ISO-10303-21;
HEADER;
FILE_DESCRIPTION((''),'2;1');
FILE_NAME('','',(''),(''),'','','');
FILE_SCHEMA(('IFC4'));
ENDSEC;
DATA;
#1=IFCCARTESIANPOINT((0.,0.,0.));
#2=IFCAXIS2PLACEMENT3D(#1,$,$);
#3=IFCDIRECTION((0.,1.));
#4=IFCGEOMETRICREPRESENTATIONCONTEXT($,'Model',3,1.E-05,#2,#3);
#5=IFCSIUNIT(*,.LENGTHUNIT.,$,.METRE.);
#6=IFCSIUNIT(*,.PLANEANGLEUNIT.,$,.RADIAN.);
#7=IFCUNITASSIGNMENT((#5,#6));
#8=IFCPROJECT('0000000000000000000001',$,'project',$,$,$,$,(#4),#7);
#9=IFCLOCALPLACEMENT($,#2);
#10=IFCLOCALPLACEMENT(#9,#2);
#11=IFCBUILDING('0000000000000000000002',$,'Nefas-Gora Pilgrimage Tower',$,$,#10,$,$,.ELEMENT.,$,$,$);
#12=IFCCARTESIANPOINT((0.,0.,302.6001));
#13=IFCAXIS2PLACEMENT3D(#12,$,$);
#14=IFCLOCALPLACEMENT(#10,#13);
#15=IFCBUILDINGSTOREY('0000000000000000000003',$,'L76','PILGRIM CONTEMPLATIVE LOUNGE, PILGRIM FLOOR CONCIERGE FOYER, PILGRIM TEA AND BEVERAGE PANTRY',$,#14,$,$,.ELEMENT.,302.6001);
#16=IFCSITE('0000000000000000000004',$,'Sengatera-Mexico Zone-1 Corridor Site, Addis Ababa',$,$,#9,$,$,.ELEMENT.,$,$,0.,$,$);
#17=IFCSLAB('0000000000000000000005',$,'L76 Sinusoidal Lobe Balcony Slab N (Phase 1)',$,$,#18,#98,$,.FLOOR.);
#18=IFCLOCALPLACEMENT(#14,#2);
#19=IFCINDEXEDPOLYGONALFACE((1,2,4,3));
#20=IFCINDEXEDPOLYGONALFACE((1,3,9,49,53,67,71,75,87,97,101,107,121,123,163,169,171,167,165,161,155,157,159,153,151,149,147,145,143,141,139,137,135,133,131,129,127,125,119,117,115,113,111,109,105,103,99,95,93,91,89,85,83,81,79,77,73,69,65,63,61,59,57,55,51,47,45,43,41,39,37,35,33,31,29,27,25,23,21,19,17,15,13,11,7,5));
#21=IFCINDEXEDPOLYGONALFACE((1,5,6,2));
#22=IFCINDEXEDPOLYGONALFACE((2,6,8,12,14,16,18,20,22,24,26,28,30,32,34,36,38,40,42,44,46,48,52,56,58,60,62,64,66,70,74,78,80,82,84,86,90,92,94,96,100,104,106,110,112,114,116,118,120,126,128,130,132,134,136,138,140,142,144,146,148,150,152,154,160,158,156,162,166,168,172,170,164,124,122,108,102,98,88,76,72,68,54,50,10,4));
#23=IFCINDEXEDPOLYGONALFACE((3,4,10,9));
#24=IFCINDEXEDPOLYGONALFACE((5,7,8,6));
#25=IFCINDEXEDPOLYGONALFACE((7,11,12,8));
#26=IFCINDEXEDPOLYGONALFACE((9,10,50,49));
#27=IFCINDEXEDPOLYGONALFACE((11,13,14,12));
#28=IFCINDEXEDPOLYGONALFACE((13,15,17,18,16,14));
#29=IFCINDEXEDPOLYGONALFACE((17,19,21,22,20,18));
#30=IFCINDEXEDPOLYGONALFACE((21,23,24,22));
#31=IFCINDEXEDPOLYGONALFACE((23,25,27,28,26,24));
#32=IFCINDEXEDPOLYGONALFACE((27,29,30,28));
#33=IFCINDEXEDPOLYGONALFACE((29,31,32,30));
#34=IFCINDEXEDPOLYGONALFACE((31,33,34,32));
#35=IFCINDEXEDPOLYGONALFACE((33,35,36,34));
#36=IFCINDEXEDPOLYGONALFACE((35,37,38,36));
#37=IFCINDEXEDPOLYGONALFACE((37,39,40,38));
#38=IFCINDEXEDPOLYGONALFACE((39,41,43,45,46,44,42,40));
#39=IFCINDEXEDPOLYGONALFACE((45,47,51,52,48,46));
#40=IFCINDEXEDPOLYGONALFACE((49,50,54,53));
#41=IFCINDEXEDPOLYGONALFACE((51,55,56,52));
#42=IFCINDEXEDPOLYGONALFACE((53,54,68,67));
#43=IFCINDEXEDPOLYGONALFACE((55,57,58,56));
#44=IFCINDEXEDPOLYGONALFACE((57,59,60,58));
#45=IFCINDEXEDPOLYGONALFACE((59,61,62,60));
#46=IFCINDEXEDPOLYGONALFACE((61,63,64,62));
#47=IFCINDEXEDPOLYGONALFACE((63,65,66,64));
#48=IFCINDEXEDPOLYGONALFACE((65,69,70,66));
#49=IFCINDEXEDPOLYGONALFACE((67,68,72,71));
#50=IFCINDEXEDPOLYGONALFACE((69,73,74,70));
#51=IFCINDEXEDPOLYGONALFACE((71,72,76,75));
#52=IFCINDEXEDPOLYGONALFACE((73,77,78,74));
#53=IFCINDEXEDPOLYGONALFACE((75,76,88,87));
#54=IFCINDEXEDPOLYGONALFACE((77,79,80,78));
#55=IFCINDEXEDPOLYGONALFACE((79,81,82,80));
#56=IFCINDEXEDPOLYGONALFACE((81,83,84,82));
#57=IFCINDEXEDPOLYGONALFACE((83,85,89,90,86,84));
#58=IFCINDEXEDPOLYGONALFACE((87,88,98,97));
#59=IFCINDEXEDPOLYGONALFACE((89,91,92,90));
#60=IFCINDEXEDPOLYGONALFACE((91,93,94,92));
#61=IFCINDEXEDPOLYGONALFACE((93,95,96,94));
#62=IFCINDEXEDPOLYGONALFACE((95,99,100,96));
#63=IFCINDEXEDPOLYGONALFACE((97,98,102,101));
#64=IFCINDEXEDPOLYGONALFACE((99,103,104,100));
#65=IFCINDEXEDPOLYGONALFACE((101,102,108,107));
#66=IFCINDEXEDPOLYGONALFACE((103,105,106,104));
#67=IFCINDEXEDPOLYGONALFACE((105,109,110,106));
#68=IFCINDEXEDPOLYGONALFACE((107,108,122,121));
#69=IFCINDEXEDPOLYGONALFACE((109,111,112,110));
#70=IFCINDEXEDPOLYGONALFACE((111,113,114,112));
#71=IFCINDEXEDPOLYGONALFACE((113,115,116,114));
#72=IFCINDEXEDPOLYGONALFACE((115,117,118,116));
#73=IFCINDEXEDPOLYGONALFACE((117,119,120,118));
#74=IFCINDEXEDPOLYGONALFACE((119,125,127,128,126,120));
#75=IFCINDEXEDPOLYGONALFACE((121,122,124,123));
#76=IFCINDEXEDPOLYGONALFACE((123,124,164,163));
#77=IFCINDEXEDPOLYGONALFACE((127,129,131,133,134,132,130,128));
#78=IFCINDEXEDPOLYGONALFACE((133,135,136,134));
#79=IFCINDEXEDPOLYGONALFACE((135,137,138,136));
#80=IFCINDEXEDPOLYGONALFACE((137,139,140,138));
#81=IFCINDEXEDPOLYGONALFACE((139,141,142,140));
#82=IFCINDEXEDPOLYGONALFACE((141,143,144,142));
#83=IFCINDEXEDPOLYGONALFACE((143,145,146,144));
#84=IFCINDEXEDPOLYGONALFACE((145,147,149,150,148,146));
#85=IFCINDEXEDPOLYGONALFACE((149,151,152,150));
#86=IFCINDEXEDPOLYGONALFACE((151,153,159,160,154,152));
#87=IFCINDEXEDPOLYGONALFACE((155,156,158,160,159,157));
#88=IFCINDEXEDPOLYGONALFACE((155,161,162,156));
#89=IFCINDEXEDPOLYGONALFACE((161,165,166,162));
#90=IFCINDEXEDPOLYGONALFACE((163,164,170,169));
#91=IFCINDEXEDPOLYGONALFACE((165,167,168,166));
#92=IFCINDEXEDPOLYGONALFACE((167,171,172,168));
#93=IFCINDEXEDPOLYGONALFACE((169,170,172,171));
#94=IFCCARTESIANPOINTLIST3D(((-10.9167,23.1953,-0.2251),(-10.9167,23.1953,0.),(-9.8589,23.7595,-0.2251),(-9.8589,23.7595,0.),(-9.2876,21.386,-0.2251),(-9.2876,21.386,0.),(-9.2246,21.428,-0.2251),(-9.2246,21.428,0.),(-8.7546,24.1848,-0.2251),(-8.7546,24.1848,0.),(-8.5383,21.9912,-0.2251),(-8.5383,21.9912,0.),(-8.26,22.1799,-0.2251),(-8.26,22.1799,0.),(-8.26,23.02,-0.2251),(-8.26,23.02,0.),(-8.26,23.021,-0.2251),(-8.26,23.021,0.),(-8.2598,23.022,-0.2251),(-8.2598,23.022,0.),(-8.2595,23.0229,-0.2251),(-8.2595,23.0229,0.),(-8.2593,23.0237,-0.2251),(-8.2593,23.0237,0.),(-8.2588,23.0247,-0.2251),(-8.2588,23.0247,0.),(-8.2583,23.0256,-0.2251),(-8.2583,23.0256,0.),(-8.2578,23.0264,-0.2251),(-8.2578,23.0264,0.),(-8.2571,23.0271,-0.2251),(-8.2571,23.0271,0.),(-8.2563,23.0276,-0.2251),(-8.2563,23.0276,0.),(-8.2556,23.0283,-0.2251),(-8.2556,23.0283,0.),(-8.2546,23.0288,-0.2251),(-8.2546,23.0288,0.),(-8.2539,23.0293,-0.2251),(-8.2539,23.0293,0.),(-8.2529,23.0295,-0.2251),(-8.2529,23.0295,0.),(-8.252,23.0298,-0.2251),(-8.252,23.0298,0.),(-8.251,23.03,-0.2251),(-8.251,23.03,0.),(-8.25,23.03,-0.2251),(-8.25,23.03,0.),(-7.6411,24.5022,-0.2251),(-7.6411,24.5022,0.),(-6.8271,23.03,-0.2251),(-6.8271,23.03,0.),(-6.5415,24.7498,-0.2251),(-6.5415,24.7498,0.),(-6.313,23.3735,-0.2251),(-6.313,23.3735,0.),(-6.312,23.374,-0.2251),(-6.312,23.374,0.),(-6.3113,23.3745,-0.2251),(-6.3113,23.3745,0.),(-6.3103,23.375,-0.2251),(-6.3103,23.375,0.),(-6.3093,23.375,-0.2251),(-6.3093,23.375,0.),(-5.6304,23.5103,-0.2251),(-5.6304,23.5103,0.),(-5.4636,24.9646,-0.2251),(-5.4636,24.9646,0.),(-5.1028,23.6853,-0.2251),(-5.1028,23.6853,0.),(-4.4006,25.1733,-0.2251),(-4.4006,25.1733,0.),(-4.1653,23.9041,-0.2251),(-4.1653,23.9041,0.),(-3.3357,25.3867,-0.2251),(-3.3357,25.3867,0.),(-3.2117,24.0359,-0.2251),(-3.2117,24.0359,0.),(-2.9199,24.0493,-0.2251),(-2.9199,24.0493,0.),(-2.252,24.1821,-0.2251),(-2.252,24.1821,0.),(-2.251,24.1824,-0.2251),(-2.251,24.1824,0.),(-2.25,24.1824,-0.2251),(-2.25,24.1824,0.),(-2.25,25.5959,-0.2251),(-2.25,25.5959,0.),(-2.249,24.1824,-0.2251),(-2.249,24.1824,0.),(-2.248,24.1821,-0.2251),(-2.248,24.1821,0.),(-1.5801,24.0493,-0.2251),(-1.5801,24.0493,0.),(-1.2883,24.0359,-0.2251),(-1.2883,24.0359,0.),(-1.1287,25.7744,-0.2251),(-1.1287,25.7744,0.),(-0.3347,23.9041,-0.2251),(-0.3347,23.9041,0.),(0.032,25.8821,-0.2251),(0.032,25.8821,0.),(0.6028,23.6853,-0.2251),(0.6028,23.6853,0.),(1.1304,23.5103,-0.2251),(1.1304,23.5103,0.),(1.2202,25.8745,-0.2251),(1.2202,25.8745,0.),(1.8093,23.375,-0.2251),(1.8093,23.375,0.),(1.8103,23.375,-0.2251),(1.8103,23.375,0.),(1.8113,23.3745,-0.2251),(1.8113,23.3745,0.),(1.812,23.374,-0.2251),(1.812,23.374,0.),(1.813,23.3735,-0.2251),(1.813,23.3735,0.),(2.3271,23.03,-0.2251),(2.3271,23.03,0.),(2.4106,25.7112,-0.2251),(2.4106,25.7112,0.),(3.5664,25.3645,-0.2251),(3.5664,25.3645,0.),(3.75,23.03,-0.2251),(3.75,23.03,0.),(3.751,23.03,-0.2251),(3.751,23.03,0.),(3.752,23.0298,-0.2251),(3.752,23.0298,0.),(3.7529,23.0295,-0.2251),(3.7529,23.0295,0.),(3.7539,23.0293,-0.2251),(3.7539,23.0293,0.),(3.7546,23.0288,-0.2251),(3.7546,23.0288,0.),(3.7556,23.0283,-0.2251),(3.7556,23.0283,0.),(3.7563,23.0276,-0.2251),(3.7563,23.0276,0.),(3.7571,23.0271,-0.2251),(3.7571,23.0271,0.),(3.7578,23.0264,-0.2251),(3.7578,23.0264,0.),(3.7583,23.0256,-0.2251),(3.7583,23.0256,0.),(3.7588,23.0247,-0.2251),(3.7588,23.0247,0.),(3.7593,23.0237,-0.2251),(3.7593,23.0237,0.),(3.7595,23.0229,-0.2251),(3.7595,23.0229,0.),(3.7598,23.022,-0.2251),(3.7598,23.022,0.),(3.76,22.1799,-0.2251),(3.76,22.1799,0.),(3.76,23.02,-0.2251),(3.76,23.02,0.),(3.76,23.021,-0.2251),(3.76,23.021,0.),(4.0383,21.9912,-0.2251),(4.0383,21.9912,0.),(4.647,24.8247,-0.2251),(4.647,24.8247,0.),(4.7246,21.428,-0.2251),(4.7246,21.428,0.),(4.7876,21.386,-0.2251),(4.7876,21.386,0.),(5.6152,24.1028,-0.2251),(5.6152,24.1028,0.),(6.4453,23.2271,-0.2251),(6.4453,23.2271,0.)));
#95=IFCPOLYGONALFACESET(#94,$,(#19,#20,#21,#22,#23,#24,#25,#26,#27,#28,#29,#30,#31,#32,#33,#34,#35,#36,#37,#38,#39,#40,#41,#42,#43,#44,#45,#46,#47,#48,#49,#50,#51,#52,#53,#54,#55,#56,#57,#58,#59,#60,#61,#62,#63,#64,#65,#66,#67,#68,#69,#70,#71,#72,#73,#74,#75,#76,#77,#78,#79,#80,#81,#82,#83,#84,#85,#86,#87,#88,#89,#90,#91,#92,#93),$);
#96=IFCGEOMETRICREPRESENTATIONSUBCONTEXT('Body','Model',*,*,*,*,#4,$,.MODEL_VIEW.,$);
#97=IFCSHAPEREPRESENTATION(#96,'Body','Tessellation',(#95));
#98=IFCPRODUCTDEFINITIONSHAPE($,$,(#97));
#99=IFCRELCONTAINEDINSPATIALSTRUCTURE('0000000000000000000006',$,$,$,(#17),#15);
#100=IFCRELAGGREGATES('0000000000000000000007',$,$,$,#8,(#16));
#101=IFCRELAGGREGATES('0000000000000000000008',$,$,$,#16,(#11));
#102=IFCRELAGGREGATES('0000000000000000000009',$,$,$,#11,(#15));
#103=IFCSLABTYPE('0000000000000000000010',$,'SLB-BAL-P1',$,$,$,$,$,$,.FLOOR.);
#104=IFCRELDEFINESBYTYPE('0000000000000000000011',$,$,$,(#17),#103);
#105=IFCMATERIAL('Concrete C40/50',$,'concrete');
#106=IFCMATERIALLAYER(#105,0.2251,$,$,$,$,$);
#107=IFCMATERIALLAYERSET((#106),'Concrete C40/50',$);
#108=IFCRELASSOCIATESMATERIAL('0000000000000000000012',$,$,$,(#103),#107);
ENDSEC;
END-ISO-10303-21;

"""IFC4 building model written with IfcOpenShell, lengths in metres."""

from ifc_helpers import new_model, si_unit, direction, frame, origin, place, context, subcontext, project, spatial, polyline, outline, extrude, material, layer, layer_set, type_object, element, save


model = new_model("IFC4")

# Units and contexts
model_context = context("Model", 3, precision=1e-05, world=origin(), true_north=direction((0.0, 1.0)))
body_context = subcontext(model_context, "Body", "Model", "MODEL_VIEW")
ifc_project = project(units=[si_unit("LENGTHUNIT", "METRE"), si_unit("PLANEANGLEUNIT", "RADIAN")], contexts=[model_context])

# Site, building, storey
site_placement = place(None, origin())
site = spatial("IfcSite", under=ifc_project, at=site_placement, Name="Sengatera-Mexico Zone-1 Corridor Site, Addis Ababa", CompositionType="ELEMENT", RefElevation=0.0)
building_placement = place(site_placement, origin())
building = spatial("IfcBuilding", under=site, at=building_placement, Name="Nefas-Gora Pilgrimage Tower", CompositionType="ELEMENT")
storey_placement = place(building_placement, frame((0.0, 0.0, 302.6001)))
storey = spatial("IfcBuildingStorey", under=building, at=storey_placement, Name="L76", Description="PILGRIM CONTEMPLATIVE LOUNGE, PILGRIM FLOOR CONCIERGE FOYER, PILGRIM TEA AND BEVERAGE PANTRY", CompositionType="ELEMENT", Elevation=302.6001)

# Slab
ifc_material_1 = material(Name="Concrete C40/50", Category="concrete")
ifc_layer_1 = layer(ifc_material_1, 0.2251)
ifc_layer_set_1 = layer_set([ifc_layer_1], Name="Concrete C40/50")
slab_type_1 = type_object("IfcSlabType", Name="SLB-BAL-P1", PredefinedType="FLOOR", material=ifc_layer_set_1)
slab_1_placement = place(storey_placement, frame((0.0, 0.0, -0.2251)))
element("IfcSlab", 1, at=slab_1_placement, inside=storey, type_object=slab_type_1, Name="L76 Sinusoidal Lobe Balcony Slab N (Phase 1)", PredefinedType="FLOOR", context=body_context, shape_type="SweptSolid", body=[
    extrude(outline(polyline([(-9.2876, 21.386), (-9.2246, 21.428), (-8.5383, 21.9912), (-8.26, 22.1799), (-8.26, 23.02), (-8.26, 23.021), (-8.2598, 23.022), (-8.2595, 23.0229), (-8.2593, 23.0237), (-8.2588, 23.0247), (-8.2583, 23.0256), (-8.2578, 23.0264), (-8.2571, 23.0271), (-8.2563, 23.0276), (-8.2556, 23.0283), (-8.2546, 23.0288), (-8.2539, 23.0293), (-8.2529, 23.0295), (-8.252, 23.0298), (-8.251, 23.03), (-8.25, 23.03), (-6.8271, 23.03), (-6.313, 23.3735), (-6.312, 23.374), (-6.3113, 23.3745), (-6.3103, 23.375), (-6.3093, 23.375), (-5.6304, 23.5103), (-5.1028, 23.6853), (-4.1653, 23.9041), (-3.2117, 24.0359), (-2.9199, 24.0493), (-2.252, 24.1821), (-2.251, 24.1824), (-2.25, 24.1824), (-2.249, 24.1824), (-2.248, 24.1821), (-1.5801, 24.0493), (-1.2883, 24.0359), (-0.3347, 23.9041), (0.6028, 23.6853), (1.1304, 23.5103), (1.8093, 23.375), (1.8103, 23.375), (1.8113, 23.3745), (1.812, 23.374), (1.813, 23.3735), (2.3271, 23.03), (3.75, 23.03), (3.751, 23.03), (3.752, 23.0298), (3.7529, 23.0295), (3.7539, 23.0293), (3.7546, 23.0288), (3.7556, 23.0283), (3.7563, 23.0276), (3.7571, 23.0271), (3.7578, 23.0264), (3.7583, 23.0256), (3.7588, 23.0247), (3.7593, 23.0237), (3.7595, 23.0229), (3.7598, 23.022), (3.76, 23.021), (3.76, 23.02), (3.76, 22.1799), (4.0383, 21.9912), (4.7246, 21.428), (4.7876, 21.386), (6.4453, 23.2271), (5.6152, 24.1028), (4.647, 24.8247), (3.5664, 25.3645), (2.4106, 25.7112), (1.2202, 25.8745), (0.032, 25.8821), (-1.1287, 25.7744), (-2.25, 25.5959), (-3.3357, 25.3867), (-4.4006, 25.1733), (-5.4636, 24.9646), (-6.5415, 24.7498), (-7.6411, 24.5022), (-8.7546, 24.1848), (-9.8589, 23.7595), (-10.9167, 23.1953), (-9.2876, 21.386)])), origin(), (0.0, 0.0, 1.0), 0.2251),
])

save(model, "model.ifc")
